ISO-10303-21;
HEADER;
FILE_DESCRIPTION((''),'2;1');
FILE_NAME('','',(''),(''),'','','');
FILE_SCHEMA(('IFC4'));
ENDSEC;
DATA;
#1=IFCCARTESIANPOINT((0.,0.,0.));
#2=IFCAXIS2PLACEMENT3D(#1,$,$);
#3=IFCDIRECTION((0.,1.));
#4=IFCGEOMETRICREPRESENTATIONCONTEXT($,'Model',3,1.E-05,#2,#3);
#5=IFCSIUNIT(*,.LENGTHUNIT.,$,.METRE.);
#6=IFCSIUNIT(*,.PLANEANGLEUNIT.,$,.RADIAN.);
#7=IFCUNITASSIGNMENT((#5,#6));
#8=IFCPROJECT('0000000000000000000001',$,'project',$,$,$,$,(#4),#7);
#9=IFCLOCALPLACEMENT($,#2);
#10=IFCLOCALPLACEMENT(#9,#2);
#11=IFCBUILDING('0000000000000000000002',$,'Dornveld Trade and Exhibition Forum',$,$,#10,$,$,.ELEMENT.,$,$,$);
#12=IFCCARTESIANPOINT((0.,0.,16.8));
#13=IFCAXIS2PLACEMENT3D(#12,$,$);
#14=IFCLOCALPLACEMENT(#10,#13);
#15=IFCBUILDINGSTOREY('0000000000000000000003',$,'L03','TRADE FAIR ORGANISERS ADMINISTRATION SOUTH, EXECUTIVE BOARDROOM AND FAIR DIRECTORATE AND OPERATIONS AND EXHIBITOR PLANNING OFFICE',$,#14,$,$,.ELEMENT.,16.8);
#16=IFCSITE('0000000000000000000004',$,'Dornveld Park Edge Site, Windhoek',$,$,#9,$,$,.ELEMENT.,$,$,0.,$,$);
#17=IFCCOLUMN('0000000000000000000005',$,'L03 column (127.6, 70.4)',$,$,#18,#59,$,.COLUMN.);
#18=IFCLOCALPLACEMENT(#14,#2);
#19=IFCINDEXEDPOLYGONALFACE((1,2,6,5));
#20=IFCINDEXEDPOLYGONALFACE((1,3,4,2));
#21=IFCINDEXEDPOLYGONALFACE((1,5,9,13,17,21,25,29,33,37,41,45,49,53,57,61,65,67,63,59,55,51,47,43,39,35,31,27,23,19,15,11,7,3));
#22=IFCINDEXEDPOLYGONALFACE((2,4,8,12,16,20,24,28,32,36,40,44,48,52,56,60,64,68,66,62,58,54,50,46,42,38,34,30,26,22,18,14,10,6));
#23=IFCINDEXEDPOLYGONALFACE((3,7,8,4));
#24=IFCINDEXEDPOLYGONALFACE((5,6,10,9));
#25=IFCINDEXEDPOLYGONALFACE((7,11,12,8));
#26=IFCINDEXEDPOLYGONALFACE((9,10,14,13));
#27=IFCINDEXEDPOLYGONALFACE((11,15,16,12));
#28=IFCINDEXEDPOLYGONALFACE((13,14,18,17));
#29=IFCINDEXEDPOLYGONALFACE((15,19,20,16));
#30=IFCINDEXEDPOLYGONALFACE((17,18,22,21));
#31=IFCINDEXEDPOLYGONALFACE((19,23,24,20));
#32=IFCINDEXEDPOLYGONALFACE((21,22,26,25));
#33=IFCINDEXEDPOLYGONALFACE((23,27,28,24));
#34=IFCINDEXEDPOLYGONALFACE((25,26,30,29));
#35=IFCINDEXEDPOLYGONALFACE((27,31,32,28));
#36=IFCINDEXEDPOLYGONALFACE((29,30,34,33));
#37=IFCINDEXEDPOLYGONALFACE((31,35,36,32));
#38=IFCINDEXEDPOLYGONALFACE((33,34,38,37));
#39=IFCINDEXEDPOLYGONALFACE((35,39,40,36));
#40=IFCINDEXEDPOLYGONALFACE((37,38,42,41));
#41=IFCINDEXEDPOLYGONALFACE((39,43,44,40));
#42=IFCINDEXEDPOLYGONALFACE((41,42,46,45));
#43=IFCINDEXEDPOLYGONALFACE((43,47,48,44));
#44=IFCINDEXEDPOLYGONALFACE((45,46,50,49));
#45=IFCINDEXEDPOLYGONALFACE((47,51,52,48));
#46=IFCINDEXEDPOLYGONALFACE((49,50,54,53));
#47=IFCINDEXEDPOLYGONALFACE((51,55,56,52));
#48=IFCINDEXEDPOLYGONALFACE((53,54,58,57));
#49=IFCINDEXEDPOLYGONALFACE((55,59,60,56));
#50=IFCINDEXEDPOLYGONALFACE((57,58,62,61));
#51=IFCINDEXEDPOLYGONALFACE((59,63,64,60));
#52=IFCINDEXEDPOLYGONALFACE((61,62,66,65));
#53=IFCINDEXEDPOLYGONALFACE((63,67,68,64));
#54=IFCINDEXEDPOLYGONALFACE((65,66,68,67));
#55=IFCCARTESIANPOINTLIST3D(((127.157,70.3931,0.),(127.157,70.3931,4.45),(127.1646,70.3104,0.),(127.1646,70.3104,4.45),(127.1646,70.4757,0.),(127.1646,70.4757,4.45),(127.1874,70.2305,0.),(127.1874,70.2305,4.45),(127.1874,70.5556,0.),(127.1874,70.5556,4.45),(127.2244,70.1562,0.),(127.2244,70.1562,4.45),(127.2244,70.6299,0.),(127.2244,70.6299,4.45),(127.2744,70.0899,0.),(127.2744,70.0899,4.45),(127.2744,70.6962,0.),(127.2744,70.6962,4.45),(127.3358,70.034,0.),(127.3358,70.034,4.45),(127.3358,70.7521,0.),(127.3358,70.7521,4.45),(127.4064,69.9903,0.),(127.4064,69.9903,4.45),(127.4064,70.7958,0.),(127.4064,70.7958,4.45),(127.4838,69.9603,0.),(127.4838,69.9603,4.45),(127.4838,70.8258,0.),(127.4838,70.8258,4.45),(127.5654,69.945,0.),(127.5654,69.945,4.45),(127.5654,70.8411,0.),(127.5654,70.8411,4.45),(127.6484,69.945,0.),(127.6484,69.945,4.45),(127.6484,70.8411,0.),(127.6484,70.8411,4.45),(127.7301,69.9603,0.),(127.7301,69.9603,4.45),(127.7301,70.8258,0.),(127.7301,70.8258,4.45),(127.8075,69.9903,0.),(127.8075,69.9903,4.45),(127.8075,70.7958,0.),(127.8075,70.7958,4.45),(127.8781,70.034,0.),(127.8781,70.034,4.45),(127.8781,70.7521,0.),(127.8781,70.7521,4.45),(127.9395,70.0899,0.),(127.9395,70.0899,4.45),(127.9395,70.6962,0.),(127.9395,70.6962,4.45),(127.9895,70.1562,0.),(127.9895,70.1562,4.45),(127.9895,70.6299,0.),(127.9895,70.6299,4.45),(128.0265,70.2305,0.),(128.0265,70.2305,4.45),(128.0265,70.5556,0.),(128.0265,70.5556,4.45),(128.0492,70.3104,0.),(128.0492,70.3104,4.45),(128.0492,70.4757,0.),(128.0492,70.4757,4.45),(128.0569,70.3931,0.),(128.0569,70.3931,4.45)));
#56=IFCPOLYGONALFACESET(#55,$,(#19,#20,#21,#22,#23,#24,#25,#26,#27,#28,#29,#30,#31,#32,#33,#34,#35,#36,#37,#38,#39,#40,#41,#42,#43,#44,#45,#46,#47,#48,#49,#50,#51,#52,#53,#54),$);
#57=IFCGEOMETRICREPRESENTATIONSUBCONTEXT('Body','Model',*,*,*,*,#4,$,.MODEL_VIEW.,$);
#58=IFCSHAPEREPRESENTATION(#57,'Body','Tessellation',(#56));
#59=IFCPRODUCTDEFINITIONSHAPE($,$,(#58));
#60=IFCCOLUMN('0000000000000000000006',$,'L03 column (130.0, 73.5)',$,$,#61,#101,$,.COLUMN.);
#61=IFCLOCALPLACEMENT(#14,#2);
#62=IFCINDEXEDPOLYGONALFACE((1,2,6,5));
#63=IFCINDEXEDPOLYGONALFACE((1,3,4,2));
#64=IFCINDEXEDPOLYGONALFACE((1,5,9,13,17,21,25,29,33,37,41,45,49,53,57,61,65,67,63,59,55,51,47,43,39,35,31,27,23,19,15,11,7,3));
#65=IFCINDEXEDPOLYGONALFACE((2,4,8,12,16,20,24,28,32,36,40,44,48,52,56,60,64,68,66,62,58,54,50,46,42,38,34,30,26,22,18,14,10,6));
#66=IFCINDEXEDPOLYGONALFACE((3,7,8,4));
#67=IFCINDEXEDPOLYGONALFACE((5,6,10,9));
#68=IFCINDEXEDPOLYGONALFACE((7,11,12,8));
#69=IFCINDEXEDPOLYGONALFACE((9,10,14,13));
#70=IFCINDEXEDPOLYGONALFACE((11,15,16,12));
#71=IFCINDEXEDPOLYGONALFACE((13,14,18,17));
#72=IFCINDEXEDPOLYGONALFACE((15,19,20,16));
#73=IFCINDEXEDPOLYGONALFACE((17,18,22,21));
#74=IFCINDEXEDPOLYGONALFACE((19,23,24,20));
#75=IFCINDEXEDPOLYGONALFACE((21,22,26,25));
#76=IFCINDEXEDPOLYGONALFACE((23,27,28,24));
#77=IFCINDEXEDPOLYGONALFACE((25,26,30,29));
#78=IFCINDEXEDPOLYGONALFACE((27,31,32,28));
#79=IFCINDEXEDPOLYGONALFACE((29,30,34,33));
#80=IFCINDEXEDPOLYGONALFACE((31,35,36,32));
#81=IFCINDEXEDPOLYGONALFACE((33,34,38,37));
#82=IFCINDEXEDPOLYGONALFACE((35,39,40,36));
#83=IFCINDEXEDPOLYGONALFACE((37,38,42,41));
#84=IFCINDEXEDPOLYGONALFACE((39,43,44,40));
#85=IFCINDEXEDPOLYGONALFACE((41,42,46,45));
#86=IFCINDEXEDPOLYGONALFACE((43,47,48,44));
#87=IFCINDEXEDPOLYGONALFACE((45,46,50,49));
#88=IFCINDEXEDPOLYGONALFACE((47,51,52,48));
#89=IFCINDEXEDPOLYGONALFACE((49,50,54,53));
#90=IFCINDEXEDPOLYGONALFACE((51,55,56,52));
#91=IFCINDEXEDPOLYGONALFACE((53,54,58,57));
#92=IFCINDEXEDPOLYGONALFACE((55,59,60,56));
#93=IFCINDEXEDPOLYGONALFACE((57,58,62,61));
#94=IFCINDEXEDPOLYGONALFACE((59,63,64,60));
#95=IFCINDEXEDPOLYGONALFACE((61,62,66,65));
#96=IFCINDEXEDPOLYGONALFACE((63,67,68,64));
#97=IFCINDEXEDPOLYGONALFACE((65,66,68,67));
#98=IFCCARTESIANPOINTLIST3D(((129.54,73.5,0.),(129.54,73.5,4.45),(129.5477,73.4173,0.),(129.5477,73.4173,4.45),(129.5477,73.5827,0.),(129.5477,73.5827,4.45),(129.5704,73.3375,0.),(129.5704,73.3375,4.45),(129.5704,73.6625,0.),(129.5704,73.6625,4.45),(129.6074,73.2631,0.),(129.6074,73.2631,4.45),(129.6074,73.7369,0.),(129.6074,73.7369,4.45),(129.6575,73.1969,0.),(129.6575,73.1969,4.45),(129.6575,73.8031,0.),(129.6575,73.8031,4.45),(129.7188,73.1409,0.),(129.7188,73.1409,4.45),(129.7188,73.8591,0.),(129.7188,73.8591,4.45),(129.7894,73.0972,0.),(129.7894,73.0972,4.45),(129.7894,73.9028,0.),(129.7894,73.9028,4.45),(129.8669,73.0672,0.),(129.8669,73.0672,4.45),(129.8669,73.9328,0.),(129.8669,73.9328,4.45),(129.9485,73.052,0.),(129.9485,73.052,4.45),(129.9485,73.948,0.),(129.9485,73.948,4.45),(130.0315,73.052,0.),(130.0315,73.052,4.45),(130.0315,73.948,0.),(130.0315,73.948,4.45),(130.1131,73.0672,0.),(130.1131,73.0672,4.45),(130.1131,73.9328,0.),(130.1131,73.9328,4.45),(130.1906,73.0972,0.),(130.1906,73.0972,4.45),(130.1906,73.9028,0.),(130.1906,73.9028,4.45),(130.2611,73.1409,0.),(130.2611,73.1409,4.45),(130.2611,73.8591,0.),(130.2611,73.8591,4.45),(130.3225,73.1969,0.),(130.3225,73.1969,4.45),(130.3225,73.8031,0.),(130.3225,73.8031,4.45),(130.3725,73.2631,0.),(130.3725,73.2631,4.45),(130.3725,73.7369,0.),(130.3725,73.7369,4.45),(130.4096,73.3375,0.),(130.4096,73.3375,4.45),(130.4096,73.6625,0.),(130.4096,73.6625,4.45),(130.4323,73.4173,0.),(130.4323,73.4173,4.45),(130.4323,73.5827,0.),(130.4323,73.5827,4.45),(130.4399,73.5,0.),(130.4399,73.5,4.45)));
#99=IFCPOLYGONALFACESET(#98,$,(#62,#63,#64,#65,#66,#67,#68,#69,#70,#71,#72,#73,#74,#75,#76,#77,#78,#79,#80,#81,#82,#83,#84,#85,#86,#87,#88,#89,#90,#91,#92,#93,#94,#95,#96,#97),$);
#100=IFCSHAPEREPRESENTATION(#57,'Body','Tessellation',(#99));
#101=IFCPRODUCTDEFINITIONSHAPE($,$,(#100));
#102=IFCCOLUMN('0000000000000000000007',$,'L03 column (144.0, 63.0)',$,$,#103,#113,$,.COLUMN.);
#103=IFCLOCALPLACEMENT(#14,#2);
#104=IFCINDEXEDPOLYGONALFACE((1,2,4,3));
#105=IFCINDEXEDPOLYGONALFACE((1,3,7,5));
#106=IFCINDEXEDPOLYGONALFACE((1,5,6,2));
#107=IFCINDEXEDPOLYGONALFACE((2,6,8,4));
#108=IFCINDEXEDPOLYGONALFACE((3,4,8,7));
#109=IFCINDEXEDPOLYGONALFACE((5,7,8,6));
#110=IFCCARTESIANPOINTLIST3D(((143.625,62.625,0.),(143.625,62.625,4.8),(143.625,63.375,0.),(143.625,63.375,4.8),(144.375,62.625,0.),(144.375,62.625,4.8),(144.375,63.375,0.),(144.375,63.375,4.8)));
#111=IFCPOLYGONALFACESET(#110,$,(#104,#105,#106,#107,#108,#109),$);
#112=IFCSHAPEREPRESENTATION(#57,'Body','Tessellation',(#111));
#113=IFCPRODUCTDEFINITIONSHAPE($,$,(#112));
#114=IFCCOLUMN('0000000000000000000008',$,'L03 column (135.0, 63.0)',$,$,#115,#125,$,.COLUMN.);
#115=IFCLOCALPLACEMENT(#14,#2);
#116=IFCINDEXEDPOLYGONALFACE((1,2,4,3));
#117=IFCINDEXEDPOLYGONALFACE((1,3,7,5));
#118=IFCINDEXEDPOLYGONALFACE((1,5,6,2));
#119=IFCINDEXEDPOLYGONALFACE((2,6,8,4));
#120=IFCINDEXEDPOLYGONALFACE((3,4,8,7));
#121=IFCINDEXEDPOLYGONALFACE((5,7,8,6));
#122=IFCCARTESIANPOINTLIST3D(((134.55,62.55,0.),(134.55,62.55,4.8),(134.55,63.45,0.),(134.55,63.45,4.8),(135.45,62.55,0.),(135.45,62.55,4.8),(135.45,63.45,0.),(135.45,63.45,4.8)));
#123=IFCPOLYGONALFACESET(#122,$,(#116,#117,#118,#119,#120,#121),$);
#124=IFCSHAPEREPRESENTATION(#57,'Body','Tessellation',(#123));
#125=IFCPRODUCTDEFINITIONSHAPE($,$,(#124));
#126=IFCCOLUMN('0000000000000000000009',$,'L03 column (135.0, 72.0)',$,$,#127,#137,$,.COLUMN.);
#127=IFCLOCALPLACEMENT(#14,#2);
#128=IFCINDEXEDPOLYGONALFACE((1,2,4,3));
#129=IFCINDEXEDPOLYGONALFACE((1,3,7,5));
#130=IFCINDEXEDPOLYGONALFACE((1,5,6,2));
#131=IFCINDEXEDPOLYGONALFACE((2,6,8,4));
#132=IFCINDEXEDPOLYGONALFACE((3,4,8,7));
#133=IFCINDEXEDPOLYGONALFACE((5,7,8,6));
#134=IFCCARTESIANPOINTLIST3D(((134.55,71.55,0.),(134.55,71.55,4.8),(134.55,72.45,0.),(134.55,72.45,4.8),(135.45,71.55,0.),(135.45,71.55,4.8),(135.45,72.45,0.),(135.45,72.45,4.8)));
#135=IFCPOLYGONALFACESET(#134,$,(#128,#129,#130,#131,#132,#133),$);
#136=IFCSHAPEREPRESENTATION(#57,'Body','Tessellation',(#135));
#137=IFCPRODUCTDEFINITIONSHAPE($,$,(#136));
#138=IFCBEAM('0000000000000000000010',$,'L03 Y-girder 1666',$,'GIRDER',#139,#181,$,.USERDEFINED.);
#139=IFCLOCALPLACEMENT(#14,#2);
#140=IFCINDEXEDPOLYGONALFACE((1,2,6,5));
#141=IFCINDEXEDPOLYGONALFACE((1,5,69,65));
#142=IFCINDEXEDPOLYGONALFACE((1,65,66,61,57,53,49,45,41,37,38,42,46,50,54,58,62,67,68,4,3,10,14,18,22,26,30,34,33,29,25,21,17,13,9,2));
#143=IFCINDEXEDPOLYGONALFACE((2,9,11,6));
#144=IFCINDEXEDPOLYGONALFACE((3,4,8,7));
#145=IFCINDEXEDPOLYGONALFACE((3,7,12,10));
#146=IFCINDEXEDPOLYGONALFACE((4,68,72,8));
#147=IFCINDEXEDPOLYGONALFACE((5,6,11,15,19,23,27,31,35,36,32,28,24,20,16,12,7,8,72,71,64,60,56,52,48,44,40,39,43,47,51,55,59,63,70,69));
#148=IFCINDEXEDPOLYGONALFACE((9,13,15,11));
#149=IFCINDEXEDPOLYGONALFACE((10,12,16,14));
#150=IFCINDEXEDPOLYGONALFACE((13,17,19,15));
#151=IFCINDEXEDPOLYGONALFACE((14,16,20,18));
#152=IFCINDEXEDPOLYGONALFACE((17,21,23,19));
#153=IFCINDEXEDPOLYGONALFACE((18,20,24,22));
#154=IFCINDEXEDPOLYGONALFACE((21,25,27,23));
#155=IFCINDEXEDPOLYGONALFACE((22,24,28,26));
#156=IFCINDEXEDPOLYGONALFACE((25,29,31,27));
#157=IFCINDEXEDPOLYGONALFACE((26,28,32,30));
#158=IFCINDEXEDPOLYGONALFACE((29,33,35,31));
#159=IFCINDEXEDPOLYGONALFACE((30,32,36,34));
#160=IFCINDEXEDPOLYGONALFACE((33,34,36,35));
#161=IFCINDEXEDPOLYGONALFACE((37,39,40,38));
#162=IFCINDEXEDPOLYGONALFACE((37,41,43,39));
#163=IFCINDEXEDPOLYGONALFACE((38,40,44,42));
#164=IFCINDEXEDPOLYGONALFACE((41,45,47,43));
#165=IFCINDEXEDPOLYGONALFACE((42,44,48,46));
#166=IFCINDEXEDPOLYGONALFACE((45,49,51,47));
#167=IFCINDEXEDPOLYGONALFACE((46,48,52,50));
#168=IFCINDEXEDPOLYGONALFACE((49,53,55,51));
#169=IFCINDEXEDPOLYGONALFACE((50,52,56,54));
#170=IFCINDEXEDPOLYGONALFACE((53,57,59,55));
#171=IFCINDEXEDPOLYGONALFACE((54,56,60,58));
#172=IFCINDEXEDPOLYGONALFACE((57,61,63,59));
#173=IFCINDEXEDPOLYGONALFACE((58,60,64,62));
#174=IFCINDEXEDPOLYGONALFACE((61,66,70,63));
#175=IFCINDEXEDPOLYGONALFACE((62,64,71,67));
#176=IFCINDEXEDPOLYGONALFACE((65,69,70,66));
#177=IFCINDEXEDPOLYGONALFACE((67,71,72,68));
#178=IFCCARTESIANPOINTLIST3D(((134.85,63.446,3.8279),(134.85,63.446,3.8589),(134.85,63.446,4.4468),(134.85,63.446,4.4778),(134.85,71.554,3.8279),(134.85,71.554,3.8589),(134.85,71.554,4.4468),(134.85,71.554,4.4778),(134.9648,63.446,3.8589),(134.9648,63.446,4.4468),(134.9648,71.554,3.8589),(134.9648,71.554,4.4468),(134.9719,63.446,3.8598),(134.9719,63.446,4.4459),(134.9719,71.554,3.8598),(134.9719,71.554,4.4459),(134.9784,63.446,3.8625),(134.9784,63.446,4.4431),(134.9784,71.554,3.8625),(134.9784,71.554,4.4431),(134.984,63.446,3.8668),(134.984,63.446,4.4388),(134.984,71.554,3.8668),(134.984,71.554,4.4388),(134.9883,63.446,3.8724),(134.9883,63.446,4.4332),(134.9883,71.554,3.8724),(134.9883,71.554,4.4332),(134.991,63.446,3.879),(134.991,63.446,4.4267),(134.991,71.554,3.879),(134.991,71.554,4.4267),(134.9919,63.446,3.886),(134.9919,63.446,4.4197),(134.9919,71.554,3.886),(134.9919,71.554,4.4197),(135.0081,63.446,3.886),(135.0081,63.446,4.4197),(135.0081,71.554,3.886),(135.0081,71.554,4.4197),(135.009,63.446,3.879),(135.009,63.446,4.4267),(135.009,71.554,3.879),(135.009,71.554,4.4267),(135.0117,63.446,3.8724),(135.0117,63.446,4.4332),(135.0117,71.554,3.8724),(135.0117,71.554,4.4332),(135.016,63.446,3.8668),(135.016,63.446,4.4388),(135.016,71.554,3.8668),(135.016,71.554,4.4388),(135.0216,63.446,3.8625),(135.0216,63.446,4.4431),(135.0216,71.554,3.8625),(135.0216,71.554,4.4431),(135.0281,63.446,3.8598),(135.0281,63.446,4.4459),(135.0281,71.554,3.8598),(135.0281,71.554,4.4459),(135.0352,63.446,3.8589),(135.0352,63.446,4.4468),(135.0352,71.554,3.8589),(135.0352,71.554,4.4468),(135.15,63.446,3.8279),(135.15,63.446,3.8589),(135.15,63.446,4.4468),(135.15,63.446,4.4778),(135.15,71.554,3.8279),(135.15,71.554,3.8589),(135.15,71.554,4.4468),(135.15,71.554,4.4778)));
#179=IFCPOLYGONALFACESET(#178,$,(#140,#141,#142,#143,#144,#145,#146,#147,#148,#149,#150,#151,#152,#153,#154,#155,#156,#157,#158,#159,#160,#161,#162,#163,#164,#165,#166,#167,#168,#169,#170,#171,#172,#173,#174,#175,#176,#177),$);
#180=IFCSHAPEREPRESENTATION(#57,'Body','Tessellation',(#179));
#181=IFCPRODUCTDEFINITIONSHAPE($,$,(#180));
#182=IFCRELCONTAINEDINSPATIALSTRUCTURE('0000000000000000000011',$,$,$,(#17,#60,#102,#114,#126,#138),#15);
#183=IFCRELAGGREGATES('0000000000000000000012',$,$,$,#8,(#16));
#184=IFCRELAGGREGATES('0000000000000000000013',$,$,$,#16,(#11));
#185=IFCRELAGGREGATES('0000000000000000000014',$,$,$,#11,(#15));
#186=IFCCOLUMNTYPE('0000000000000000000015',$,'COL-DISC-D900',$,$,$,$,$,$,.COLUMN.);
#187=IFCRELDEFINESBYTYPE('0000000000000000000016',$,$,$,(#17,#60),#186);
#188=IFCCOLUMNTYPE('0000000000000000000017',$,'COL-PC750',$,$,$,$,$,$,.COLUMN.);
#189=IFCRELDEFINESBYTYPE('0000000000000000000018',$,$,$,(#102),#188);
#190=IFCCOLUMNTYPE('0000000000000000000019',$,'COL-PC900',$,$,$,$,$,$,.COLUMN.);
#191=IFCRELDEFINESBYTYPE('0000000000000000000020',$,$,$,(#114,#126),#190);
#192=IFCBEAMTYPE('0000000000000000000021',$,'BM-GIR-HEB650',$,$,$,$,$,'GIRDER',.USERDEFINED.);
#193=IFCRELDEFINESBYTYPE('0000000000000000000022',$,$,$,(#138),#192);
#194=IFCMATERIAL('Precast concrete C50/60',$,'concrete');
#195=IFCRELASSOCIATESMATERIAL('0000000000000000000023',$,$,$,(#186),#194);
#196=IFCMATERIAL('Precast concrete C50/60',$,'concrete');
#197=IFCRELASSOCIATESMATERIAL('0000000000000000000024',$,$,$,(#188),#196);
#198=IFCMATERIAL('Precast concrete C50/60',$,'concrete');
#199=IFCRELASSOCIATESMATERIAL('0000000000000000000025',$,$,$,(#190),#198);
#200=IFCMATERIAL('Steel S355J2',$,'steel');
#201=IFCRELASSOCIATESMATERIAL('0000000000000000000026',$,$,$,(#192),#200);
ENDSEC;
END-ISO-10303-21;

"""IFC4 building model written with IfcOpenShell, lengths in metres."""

from ifc_helpers import new_model, si_unit, direction, frame, origin, origin_2d, place, context, subcontext, project, spatial, rectangle, circle, i_section, extrude, material, material_profile, profile_set, type_object, element, save


model = new_model("IFC4")

# Units and contexts
model_context = context("Model", 3, precision=1e-05, world=origin(), true_north=direction((0.0, 1.0)))
body_context = subcontext(model_context, "Body", "Model", "MODEL_VIEW")
ifc_project = project(units=[si_unit("LENGTHUNIT", "METRE"), si_unit("PLANEANGLEUNIT", "RADIAN")], contexts=[model_context])

# Site, building, storey
site_placement = place(None, origin())
site = spatial("IfcSite", under=ifc_project, at=site_placement, Name="Dornveld Park Edge Site, Windhoek", CompositionType="ELEMENT", RefElevation=0.0)
building_placement = place(site_placement, origin())
building = spatial("IfcBuilding", under=site, at=building_placement, Name="Dornveld Trade and Exhibition Forum", CompositionType="ELEMENT")
storey_placement = place(building_placement, frame((0.0, 0.0, 16.8)))
storey = spatial("IfcBuildingStorey", under=building, at=storey_placement, Name="L03", Description="TRADE FAIR ORGANISERS ADMINISTRATION SOUTH, EXECUTIVE BOARDROOM AND FAIR DIRECTORATE AND OPERATIONS AND EXHIBITOR PLANNING OFFICE", CompositionType="ELEMENT", Elevation=16.8)

# Columns
ifc_material_1 = material(Name="Precast concrete C50/60", Category="concrete")
ifc_material_profile_1 = material_profile(ifc_material_1, circle(Radius=0.45, at=origin_2d()), Name="PC-COL D900")
ifc_profile_set_1 = profile_set([ifc_material_profile_1], Name="Precast concrete C50/60")
column_type_1 = type_object("IfcColumnType", Name="COL-DISC-D900", PredefinedType="COLUMN", material=ifc_profile_set_1)
for number, where, z_axis, x_axis, name in (
    (1, (127.6069, 70.3931, 0.0), (0.0, 0.0, 1.0), (1.0, 0.0, 0.0), "L03 column (127.6, 70.4)"),
    (2, (129.99, 73.5, 0.0), (0.0, 0.0, 1.0), (1.0, 0.0, 0.0), "L03 column (130.0, 73.5)"),
):
    element("IfcColumn", number, at=place(storey_placement, frame(where, z_axis=z_axis, x_axis=x_axis)), inside=storey, type_object=column_type_1, Name=name, PredefinedType="COLUMN", context=body_context, shape_type="SweptSolid", body=[
        extrude(circle(Radius=0.45, at=origin_2d()), origin(), (0.0, 0.0, 1.0), 4.45),
    ])
ifc_material_2 = material(Name="Precast concrete C50/60", Category="concrete")
ifc_material_profile_2 = material_profile(ifc_material_2, rectangle(XDim=0.75, YDim=0.75, at=origin_2d()), Name="PC-COL 750x750")
ifc_profile_set_2 = profile_set([ifc_material_profile_2], Name="Precast concrete C50/60")
column_type_2 = type_object("IfcColumnType", Name="COL-PC750", PredefinedType="COLUMN", material=ifc_profile_set_2)
column_placement = place(storey_placement, frame((144.0, 63.0, 0.0), z_axis=(0.0, 0.0, 1.0), x_axis=(1.0, 0.0, 0.0)))
element("IfcColumn", 3, at=column_placement, inside=storey, type_object=column_type_2, Name="L03 column (144.0, 63.0)", PredefinedType="COLUMN", context=body_context, shape_type="SweptSolid", body=[
    extrude(rectangle(XDim=0.75, YDim=0.75, at=origin_2d()), origin(), (0.0, 0.0, 1.0), 4.8),
])
ifc_material_3 = material(Name="Precast concrete C50/60", Category="concrete")
ifc_material_profile_3 = material_profile(ifc_material_3, rectangle(XDim=0.8999, YDim=0.8999, at=origin_2d()), Name="PC-COL 900x900")
ifc_profile_set_3 = profile_set([ifc_material_profile_3], Name="Precast concrete C50/60")
column_type_3 = type_object("IfcColumnType", Name="COL-PC900", PredefinedType="COLUMN", material=ifc_profile_set_3)
for number, where, z_axis, x_axis, name in (
    (4, (135.0, 63.0, 0.0), (0.0, 0.0, 1.0), (1.0, 0.0, 0.0), "L03 column (135.0, 63.0)"),
    (5, (135.0, 72.0, 0.0), (0.0, 0.0, 1.0), (1.0, 0.0, 0.0), "L03 column (135.0, 72.0)"),
):
    element("IfcColumn", number, at=place(storey_placement, frame(where, z_axis=z_axis, x_axis=x_axis)), inside=storey, type_object=column_type_3, Name=name, PredefinedType="COLUMN", context=body_context, shape_type="SweptSolid", body=[
        extrude(rectangle(XDim=0.8999, YDim=0.8999, at=origin_2d()), origin(), (0.0, 0.0, 1.0), 4.8),
    ])

# Beam
ifc_material_4 = material(Name="Steel S355J2", Category="steel")
ifc_material_profile_4 = material_profile(ifc_material_4, i_section(OverallWidth=0.3, OverallDepth=0.6499, WebThickness=0.0161, FlangeThickness=0.031, FilletRadius=0.0271, at=origin_2d()), Name="HEB 650")
ifc_profile_set_4 = profile_set([ifc_material_profile_4], Name="Steel S355J2")
beam_type_1 = type_object("IfcBeamType", Name="BM-GIR-HEB650", ElementType="GIRDER", PredefinedType="USERDEFINED", material=ifc_profile_set_4)
beam_1_placement = place(storey_placement, frame((135.0, 63.446, 4.1528), z_axis=(0.0, 1.0, 0.0), x_axis=(-1.0, 0.0, 0.0)))
element("IfcBeam", 6, at=beam_1_placement, inside=storey, type_object=beam_type_1, Name="L03 Y-girder 1666", ObjectType="GIRDER", PredefinedType="USERDEFINED", context=body_context, shape_type="SweptSolid", body=[
    extrude(i_section(OverallWidth=0.3, OverallDepth=0.6499, WebThickness=0.0161, FlangeThickness=0.031, FilletRadius=0.0271, at=origin_2d()), origin(), (0.0, 0.0, 1.0), 8.1079),
])

save(model, "model.ifc")
